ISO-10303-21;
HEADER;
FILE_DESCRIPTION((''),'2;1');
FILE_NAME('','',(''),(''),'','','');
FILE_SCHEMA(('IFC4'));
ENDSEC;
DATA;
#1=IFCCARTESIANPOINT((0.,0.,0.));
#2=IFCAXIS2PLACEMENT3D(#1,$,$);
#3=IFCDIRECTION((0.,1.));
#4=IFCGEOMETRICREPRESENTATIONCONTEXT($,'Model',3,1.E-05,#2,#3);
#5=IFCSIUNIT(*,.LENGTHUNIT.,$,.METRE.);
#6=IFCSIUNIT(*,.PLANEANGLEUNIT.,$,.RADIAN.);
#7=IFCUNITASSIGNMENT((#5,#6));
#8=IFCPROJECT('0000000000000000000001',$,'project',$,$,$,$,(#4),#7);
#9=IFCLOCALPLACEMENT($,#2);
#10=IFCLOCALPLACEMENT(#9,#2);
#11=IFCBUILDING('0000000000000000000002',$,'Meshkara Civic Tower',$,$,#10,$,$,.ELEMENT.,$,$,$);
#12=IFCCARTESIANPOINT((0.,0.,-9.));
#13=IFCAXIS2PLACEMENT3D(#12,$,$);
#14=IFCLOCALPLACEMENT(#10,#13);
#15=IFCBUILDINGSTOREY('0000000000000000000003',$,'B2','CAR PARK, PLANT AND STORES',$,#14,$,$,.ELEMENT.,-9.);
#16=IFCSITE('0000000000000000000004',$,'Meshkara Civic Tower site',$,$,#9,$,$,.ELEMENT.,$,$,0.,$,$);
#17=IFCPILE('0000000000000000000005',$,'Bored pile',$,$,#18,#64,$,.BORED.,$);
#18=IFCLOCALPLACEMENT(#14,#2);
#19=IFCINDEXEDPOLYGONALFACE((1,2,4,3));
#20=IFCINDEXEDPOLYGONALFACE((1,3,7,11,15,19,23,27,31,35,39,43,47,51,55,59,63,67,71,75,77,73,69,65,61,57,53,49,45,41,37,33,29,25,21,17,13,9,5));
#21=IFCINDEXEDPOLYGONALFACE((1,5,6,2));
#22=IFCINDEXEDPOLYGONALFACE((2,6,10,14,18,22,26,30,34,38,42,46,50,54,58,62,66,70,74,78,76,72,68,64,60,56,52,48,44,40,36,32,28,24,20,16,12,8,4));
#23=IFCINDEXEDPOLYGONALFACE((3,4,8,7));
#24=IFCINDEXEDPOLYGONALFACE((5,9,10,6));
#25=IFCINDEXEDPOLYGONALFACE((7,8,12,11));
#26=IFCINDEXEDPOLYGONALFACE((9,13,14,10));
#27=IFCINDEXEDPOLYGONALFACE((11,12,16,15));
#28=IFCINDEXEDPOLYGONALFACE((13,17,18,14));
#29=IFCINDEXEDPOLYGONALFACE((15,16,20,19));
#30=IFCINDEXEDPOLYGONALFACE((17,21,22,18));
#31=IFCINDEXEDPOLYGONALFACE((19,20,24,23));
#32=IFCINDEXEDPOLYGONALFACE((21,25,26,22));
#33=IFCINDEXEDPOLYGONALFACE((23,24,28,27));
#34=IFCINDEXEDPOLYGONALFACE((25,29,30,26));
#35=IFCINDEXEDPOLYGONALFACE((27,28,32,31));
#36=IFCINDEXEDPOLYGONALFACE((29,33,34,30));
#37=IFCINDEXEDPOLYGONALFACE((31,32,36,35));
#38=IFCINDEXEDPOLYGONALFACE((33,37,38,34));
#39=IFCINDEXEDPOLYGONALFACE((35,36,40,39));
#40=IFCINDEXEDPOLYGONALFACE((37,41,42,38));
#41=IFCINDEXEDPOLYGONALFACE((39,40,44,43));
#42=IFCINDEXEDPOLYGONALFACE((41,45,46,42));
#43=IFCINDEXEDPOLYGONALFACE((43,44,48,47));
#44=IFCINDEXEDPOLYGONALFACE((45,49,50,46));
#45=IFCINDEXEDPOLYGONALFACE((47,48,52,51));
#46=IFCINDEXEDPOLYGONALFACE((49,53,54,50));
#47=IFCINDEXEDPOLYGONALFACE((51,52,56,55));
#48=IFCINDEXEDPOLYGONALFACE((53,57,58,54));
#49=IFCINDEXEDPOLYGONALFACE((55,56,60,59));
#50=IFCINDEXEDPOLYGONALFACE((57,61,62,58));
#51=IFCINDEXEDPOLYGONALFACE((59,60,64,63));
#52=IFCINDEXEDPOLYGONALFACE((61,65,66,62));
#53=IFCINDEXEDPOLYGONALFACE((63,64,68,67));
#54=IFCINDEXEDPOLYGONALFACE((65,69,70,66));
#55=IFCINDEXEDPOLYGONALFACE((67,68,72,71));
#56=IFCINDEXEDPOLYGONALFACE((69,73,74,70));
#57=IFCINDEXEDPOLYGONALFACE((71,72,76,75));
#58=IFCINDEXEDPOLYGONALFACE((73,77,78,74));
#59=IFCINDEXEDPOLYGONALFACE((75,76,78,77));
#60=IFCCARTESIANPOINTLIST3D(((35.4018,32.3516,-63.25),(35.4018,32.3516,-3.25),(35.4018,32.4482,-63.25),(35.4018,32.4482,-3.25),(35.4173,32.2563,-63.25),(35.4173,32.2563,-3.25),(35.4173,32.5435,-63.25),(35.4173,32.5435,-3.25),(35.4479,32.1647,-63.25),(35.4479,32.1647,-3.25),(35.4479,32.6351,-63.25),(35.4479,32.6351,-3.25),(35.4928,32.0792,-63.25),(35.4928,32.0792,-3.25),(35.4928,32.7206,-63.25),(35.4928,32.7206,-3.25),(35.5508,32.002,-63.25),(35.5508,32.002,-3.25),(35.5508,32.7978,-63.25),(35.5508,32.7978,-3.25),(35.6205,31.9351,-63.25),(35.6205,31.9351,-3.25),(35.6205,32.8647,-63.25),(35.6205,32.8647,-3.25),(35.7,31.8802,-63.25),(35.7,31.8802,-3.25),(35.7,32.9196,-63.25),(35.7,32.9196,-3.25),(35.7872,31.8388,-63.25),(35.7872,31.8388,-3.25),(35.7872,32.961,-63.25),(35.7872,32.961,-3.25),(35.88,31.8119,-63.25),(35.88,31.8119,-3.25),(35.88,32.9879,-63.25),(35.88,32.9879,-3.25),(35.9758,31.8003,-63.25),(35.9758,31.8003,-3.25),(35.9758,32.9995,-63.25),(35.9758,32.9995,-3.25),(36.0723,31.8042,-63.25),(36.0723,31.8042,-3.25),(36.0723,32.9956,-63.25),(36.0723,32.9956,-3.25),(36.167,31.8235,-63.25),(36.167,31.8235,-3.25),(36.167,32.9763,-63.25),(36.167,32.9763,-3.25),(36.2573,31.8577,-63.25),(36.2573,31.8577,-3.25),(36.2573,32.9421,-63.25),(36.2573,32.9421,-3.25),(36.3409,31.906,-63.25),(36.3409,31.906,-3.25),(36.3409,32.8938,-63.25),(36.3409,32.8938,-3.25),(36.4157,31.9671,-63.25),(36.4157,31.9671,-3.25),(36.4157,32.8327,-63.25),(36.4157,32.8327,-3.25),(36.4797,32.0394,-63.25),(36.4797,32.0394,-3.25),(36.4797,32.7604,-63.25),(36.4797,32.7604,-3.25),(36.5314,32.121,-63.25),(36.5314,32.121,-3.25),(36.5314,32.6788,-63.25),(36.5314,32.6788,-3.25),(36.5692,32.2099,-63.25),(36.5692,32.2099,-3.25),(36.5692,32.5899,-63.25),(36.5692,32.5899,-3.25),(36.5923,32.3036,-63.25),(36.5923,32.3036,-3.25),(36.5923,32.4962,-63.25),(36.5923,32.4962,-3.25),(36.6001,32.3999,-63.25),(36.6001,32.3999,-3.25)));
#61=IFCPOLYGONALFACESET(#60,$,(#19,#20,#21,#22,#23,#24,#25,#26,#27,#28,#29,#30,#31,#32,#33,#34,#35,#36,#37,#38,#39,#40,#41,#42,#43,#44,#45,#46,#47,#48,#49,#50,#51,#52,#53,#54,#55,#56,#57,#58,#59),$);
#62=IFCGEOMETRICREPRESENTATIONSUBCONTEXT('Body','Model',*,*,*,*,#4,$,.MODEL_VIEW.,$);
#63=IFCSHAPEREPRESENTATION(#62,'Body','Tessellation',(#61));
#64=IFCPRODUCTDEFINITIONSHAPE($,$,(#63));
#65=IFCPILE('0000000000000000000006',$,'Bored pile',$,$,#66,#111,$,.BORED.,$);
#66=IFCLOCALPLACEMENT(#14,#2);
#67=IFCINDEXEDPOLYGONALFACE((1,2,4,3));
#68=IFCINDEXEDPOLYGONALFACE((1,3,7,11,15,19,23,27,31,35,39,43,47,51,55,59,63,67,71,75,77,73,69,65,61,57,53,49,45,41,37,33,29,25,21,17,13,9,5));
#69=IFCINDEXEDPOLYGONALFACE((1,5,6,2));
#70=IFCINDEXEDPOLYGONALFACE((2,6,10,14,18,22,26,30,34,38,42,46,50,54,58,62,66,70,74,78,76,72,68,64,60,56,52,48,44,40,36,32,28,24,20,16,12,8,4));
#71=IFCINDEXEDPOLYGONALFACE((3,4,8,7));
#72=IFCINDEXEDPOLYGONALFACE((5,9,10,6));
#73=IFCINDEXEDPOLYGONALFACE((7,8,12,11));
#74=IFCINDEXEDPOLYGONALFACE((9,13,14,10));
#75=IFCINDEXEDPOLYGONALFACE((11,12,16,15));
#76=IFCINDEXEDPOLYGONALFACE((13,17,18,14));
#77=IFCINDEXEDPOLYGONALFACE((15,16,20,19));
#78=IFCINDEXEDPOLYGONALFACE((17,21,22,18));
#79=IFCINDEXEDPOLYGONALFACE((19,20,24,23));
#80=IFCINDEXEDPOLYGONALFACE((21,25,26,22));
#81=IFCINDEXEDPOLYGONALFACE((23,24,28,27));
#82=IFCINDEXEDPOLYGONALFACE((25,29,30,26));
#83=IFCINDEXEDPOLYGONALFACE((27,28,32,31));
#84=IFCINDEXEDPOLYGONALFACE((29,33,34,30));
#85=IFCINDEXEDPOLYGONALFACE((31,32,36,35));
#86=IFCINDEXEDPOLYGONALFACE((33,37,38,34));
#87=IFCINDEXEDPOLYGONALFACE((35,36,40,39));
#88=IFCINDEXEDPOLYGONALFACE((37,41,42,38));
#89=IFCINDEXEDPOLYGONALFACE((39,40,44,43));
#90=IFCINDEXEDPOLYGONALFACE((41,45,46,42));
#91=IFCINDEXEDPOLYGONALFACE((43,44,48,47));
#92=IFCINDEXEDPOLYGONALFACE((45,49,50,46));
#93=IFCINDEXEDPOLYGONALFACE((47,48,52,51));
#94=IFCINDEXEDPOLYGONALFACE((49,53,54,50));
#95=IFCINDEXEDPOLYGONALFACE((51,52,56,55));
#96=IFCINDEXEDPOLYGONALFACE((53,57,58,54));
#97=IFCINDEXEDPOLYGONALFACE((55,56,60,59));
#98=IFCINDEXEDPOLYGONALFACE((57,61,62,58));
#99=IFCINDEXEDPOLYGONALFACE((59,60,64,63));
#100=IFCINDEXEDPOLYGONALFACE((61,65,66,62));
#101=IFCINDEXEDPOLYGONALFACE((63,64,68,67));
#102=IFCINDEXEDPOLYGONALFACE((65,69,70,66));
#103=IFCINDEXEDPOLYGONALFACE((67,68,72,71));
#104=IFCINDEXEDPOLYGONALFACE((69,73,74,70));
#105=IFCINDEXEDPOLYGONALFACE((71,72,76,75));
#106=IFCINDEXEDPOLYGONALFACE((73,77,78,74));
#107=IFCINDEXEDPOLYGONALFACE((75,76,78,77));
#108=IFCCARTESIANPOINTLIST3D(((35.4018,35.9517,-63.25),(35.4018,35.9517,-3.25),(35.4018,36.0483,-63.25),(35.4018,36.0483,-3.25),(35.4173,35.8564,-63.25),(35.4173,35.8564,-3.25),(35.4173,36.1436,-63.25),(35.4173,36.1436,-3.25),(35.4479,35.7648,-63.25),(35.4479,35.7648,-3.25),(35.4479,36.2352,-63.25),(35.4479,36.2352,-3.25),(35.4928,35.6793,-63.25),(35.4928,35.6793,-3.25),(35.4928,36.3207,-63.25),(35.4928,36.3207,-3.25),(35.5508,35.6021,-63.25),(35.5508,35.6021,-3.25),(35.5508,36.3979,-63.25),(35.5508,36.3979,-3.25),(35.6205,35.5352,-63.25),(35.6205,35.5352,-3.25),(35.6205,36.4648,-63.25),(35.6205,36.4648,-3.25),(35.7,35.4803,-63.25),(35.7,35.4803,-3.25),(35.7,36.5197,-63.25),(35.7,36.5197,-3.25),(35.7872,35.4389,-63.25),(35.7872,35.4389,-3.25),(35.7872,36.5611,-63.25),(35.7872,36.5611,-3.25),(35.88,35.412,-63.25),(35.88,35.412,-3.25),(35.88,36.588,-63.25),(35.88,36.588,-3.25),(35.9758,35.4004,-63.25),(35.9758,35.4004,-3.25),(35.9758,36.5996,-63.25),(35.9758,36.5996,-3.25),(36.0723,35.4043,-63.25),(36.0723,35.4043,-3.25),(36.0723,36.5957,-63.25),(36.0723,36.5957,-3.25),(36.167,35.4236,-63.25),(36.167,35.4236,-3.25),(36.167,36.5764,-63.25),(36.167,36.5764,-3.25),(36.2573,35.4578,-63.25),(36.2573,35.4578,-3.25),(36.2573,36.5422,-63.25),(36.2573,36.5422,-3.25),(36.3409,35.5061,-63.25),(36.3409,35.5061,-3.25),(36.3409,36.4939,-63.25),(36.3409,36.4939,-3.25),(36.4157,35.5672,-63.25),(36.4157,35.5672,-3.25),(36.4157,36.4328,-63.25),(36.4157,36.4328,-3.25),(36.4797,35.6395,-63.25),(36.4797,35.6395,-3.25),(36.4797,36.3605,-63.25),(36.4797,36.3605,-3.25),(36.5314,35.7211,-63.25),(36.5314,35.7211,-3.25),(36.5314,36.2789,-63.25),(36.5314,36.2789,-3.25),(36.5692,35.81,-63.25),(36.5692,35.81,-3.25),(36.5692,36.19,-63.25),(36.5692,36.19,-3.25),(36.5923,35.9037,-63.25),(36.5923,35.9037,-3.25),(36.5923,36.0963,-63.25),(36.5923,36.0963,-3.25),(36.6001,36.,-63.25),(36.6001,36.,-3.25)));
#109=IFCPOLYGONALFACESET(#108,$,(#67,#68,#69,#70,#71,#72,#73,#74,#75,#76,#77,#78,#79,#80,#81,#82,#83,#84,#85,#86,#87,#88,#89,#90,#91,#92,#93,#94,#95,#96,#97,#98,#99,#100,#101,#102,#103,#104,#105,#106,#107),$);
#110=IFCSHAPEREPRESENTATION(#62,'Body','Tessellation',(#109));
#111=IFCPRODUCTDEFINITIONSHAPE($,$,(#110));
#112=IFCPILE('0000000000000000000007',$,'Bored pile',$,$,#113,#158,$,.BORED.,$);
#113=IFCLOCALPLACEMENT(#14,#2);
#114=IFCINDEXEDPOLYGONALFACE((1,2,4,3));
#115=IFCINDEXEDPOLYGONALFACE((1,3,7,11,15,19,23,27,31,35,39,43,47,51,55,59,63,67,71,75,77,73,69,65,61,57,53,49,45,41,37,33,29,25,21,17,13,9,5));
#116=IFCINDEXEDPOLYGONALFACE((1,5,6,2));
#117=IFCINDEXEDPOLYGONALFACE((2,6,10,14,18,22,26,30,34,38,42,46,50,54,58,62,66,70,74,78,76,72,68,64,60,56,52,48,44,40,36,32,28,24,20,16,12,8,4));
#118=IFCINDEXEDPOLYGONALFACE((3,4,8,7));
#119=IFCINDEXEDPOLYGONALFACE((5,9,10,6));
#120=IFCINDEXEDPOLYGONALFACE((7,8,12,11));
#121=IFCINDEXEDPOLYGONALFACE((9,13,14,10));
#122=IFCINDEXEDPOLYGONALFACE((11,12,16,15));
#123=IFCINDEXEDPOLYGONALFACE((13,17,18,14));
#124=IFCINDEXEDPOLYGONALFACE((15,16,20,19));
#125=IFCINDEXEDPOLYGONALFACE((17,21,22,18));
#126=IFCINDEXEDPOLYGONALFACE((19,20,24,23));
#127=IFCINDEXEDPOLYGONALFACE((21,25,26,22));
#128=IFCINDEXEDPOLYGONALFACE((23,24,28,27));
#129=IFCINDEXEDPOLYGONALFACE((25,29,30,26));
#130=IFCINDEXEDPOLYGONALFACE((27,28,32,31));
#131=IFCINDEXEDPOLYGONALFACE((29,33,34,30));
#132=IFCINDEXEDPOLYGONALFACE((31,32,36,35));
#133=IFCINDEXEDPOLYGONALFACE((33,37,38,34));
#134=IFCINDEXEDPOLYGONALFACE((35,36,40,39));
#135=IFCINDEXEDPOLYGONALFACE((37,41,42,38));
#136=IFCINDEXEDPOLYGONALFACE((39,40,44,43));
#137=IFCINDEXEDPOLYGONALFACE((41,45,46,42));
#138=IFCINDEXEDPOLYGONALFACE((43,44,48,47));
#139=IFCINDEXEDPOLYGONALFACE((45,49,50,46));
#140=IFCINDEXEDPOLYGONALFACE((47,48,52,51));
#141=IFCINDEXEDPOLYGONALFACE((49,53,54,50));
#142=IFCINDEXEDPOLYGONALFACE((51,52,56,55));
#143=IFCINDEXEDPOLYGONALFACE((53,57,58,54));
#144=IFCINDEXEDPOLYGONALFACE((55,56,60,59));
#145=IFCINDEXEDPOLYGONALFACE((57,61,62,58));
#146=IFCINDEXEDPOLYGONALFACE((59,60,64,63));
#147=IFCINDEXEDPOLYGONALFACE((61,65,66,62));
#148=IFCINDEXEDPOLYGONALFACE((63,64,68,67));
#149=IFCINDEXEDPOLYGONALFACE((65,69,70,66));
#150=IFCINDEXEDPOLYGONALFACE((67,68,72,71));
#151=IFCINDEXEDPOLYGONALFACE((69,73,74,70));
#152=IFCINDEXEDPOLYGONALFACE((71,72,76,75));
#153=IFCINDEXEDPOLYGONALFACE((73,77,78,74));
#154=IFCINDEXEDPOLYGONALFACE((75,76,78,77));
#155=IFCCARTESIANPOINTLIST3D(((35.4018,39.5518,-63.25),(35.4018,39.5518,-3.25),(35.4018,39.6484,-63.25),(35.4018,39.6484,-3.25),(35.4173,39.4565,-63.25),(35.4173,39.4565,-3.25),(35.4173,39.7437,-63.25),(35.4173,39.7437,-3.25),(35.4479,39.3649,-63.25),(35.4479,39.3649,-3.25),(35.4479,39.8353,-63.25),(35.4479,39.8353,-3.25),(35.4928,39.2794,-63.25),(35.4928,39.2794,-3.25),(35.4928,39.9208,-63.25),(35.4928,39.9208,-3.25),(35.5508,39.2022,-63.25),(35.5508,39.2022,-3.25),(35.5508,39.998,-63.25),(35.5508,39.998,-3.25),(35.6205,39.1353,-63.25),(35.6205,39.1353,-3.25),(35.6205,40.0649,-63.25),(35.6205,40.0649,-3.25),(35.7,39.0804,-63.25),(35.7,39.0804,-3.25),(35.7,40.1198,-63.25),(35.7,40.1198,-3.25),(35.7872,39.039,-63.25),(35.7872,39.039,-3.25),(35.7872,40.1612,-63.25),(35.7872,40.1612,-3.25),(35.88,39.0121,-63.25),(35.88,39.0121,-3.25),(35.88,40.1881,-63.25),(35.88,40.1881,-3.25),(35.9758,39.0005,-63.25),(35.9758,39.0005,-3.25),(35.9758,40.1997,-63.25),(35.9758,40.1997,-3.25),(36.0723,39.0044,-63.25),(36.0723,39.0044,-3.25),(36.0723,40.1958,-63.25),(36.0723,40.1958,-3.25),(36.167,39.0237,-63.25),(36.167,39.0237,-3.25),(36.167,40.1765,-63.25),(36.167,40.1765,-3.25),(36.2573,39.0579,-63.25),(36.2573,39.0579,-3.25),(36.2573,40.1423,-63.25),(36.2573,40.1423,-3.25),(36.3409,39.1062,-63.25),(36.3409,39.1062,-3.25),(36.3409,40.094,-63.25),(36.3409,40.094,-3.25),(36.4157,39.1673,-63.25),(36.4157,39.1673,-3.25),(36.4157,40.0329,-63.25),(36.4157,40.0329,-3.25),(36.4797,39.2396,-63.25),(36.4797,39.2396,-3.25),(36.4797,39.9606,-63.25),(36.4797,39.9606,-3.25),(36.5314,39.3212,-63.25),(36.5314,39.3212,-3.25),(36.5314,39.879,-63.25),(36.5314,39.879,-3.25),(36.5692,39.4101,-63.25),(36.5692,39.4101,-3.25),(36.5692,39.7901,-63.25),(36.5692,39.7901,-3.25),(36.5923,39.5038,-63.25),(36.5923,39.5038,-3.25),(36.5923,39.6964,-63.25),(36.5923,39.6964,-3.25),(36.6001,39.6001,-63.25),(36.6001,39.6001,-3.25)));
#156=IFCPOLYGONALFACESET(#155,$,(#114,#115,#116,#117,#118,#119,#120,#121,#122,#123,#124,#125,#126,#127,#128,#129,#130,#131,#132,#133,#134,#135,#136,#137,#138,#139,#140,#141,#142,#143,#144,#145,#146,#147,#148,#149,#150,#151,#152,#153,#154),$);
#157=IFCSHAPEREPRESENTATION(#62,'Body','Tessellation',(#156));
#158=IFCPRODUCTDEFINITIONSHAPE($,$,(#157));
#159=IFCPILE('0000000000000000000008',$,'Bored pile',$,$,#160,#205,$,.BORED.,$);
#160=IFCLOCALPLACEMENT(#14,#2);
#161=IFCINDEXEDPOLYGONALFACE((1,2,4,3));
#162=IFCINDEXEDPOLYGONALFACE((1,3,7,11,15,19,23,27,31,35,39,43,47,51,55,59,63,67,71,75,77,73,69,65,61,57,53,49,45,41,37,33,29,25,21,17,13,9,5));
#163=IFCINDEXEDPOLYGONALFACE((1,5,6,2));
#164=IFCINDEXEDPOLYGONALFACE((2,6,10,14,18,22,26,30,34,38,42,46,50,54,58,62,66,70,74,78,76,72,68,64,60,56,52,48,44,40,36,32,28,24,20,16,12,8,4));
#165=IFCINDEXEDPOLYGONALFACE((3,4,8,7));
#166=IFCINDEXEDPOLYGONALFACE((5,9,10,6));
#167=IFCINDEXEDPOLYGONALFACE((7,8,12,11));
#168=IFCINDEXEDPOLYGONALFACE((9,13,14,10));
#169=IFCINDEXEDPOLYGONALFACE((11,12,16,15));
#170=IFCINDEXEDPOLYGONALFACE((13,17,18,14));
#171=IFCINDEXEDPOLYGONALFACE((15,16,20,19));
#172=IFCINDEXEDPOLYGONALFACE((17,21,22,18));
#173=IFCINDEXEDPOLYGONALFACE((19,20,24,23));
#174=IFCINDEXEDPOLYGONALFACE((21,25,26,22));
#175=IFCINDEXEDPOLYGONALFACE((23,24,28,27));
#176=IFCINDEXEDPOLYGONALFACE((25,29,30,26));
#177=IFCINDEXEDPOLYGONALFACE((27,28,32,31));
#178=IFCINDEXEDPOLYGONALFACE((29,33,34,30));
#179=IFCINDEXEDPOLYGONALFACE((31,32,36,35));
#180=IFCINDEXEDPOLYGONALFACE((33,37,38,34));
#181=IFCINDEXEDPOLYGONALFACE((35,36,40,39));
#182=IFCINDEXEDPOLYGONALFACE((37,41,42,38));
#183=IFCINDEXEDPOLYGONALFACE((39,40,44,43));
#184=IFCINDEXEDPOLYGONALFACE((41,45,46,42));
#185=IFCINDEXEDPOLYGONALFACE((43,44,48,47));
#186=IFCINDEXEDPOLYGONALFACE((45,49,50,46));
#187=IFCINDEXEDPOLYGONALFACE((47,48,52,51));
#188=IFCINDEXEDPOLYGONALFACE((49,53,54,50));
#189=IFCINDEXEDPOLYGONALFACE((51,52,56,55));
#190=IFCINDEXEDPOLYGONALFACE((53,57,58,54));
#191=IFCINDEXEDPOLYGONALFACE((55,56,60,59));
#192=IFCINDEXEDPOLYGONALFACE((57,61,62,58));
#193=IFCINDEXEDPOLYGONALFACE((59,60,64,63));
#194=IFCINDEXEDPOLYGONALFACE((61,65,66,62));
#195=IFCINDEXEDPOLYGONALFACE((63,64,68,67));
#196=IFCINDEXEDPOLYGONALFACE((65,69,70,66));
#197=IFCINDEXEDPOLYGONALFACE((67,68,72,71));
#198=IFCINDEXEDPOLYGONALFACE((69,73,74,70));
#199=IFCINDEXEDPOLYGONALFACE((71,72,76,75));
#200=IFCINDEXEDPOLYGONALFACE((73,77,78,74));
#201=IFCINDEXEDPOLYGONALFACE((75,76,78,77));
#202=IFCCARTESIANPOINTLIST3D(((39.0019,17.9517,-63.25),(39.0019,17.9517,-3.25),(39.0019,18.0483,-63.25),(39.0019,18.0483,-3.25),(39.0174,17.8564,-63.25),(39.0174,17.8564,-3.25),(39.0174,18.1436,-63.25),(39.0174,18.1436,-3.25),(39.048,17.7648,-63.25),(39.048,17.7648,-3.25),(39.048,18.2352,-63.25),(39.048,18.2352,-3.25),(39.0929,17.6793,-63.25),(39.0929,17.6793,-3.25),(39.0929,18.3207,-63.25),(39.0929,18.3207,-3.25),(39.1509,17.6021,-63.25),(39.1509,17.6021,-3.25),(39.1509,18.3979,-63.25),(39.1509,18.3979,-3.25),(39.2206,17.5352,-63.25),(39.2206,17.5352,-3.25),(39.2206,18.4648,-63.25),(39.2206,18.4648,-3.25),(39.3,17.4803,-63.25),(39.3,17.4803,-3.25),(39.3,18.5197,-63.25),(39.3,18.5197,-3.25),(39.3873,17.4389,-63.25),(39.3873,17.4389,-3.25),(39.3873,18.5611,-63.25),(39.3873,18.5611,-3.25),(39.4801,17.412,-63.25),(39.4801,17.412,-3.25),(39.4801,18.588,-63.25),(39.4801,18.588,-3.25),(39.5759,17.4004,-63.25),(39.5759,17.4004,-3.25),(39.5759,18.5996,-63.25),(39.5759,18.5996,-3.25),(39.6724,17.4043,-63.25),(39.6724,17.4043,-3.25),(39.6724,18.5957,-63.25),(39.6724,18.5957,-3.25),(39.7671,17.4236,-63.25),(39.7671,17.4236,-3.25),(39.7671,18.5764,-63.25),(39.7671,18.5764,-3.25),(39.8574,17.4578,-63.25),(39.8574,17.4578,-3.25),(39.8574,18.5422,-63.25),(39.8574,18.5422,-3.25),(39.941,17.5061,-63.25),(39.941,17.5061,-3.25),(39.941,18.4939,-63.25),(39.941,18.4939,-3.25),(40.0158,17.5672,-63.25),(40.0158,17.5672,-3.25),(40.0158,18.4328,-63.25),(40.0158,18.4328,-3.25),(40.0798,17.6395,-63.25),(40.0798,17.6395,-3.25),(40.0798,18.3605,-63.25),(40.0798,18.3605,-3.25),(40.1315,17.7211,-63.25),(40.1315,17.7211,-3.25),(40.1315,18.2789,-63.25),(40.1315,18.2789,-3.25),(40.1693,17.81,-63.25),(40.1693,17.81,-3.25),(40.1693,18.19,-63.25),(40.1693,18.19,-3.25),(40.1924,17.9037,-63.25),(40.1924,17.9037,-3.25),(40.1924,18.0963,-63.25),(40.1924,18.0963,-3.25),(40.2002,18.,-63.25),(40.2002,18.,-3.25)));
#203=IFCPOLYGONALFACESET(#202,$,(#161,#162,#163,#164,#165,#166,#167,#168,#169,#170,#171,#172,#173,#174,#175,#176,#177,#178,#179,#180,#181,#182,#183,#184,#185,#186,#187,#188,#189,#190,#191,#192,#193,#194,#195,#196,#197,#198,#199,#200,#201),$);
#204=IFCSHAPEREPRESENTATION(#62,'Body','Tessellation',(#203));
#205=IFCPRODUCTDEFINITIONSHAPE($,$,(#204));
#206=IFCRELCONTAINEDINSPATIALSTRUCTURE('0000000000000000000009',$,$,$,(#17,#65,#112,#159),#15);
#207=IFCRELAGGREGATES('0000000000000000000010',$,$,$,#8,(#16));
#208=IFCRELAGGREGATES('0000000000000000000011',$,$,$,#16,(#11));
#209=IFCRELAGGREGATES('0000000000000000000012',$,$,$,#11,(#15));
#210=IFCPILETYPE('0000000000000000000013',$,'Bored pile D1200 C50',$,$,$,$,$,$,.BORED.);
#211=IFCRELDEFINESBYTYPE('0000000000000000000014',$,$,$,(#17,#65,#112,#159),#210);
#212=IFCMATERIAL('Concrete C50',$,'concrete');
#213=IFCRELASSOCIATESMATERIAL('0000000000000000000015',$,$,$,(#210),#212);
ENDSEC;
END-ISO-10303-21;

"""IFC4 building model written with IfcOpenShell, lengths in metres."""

from ifc_helpers import new_model, si_unit, direction, frame, origin, origin_2d, place, context, subcontext, project, spatial, circle, extrude, material, material_profile, profile_set, type_object, element, save


model = new_model("IFC4")

# Units and contexts
model_context = context("Model", 3, precision=1e-05, world=origin(), true_north=direction((0.0, 1.0)))
body_context = subcontext(model_context, "Body", "Model", "MODEL_VIEW")
ifc_project = project(units=[si_unit("LENGTHUNIT", "METRE"), si_unit("PLANEANGLEUNIT", "RADIAN")], contexts=[model_context])

# Site, building, storey
site_placement = place(None, origin())
site = spatial("IfcSite", under=ifc_project, at=site_placement, Name="Meshkara Civic Tower site", CompositionType="ELEMENT", RefElevation=0.0)
building_placement = place(site_placement, origin())
building = spatial("IfcBuilding", under=site, at=building_placement, Name="Meshkara Civic Tower", CompositionType="ELEMENT")
storey_placement = place(building_placement, frame((0.0, 0.0, -9.0)))
storey = spatial("IfcBuildingStorey", under=building, at=storey_placement, Name="B2", Description="CAR PARK, PLANT AND STORES", CompositionType="ELEMENT", Elevation=-9.0)

# Piles
ifc_material_1 = material(Name="Concrete C50", Category="concrete")
ifc_material_profile_1 = material_profile(ifc_material_1, circle(Radius=0.6001, at=origin_2d()))
ifc_profile_set_1 = profile_set([ifc_material_profile_1], Name="Concrete C50")
pile_type = type_object("IfcPileType", Name="Bored pile D1200 C50", PredefinedType="BORED", material=ifc_profile_set_1)
for number, where, z_axis, x_axis, name in (
    (1, (36.0, 32.3999, -3.25), (0.0, 0.0, -1.0), (1.0, 0.0, 0.0), "Bored pile"),
    (2, (36.0, 36.0, -3.25), (0.0, 0.0, -1.0), (1.0, 0.0, 0.0), "Bored pile"),
    (3, (36.0, 39.6001, -3.25), (0.0, 0.0, -1.0), (1.0, 0.0, 0.0), "Bored pile"),
    (4, (39.6001, 18.0, -3.25), (0.0, 0.0, -1.0), (1.0, 0.0, 0.0), "Bored pile"),
):
    element("IfcPile", number, at=place(storey_placement, frame(where, z_axis=z_axis, x_axis=x_axis)), inside=storey, type_object=pile_type, Name=name, PredefinedType="BORED", context=body_context, shape_type="SweptSolid", body=[
        extrude(circle(Radius=0.6001, at=origin_2d()), origin(), (0.0, 0.0, 1.0), 60.0),
    ])

save(model, "model.ifc")
